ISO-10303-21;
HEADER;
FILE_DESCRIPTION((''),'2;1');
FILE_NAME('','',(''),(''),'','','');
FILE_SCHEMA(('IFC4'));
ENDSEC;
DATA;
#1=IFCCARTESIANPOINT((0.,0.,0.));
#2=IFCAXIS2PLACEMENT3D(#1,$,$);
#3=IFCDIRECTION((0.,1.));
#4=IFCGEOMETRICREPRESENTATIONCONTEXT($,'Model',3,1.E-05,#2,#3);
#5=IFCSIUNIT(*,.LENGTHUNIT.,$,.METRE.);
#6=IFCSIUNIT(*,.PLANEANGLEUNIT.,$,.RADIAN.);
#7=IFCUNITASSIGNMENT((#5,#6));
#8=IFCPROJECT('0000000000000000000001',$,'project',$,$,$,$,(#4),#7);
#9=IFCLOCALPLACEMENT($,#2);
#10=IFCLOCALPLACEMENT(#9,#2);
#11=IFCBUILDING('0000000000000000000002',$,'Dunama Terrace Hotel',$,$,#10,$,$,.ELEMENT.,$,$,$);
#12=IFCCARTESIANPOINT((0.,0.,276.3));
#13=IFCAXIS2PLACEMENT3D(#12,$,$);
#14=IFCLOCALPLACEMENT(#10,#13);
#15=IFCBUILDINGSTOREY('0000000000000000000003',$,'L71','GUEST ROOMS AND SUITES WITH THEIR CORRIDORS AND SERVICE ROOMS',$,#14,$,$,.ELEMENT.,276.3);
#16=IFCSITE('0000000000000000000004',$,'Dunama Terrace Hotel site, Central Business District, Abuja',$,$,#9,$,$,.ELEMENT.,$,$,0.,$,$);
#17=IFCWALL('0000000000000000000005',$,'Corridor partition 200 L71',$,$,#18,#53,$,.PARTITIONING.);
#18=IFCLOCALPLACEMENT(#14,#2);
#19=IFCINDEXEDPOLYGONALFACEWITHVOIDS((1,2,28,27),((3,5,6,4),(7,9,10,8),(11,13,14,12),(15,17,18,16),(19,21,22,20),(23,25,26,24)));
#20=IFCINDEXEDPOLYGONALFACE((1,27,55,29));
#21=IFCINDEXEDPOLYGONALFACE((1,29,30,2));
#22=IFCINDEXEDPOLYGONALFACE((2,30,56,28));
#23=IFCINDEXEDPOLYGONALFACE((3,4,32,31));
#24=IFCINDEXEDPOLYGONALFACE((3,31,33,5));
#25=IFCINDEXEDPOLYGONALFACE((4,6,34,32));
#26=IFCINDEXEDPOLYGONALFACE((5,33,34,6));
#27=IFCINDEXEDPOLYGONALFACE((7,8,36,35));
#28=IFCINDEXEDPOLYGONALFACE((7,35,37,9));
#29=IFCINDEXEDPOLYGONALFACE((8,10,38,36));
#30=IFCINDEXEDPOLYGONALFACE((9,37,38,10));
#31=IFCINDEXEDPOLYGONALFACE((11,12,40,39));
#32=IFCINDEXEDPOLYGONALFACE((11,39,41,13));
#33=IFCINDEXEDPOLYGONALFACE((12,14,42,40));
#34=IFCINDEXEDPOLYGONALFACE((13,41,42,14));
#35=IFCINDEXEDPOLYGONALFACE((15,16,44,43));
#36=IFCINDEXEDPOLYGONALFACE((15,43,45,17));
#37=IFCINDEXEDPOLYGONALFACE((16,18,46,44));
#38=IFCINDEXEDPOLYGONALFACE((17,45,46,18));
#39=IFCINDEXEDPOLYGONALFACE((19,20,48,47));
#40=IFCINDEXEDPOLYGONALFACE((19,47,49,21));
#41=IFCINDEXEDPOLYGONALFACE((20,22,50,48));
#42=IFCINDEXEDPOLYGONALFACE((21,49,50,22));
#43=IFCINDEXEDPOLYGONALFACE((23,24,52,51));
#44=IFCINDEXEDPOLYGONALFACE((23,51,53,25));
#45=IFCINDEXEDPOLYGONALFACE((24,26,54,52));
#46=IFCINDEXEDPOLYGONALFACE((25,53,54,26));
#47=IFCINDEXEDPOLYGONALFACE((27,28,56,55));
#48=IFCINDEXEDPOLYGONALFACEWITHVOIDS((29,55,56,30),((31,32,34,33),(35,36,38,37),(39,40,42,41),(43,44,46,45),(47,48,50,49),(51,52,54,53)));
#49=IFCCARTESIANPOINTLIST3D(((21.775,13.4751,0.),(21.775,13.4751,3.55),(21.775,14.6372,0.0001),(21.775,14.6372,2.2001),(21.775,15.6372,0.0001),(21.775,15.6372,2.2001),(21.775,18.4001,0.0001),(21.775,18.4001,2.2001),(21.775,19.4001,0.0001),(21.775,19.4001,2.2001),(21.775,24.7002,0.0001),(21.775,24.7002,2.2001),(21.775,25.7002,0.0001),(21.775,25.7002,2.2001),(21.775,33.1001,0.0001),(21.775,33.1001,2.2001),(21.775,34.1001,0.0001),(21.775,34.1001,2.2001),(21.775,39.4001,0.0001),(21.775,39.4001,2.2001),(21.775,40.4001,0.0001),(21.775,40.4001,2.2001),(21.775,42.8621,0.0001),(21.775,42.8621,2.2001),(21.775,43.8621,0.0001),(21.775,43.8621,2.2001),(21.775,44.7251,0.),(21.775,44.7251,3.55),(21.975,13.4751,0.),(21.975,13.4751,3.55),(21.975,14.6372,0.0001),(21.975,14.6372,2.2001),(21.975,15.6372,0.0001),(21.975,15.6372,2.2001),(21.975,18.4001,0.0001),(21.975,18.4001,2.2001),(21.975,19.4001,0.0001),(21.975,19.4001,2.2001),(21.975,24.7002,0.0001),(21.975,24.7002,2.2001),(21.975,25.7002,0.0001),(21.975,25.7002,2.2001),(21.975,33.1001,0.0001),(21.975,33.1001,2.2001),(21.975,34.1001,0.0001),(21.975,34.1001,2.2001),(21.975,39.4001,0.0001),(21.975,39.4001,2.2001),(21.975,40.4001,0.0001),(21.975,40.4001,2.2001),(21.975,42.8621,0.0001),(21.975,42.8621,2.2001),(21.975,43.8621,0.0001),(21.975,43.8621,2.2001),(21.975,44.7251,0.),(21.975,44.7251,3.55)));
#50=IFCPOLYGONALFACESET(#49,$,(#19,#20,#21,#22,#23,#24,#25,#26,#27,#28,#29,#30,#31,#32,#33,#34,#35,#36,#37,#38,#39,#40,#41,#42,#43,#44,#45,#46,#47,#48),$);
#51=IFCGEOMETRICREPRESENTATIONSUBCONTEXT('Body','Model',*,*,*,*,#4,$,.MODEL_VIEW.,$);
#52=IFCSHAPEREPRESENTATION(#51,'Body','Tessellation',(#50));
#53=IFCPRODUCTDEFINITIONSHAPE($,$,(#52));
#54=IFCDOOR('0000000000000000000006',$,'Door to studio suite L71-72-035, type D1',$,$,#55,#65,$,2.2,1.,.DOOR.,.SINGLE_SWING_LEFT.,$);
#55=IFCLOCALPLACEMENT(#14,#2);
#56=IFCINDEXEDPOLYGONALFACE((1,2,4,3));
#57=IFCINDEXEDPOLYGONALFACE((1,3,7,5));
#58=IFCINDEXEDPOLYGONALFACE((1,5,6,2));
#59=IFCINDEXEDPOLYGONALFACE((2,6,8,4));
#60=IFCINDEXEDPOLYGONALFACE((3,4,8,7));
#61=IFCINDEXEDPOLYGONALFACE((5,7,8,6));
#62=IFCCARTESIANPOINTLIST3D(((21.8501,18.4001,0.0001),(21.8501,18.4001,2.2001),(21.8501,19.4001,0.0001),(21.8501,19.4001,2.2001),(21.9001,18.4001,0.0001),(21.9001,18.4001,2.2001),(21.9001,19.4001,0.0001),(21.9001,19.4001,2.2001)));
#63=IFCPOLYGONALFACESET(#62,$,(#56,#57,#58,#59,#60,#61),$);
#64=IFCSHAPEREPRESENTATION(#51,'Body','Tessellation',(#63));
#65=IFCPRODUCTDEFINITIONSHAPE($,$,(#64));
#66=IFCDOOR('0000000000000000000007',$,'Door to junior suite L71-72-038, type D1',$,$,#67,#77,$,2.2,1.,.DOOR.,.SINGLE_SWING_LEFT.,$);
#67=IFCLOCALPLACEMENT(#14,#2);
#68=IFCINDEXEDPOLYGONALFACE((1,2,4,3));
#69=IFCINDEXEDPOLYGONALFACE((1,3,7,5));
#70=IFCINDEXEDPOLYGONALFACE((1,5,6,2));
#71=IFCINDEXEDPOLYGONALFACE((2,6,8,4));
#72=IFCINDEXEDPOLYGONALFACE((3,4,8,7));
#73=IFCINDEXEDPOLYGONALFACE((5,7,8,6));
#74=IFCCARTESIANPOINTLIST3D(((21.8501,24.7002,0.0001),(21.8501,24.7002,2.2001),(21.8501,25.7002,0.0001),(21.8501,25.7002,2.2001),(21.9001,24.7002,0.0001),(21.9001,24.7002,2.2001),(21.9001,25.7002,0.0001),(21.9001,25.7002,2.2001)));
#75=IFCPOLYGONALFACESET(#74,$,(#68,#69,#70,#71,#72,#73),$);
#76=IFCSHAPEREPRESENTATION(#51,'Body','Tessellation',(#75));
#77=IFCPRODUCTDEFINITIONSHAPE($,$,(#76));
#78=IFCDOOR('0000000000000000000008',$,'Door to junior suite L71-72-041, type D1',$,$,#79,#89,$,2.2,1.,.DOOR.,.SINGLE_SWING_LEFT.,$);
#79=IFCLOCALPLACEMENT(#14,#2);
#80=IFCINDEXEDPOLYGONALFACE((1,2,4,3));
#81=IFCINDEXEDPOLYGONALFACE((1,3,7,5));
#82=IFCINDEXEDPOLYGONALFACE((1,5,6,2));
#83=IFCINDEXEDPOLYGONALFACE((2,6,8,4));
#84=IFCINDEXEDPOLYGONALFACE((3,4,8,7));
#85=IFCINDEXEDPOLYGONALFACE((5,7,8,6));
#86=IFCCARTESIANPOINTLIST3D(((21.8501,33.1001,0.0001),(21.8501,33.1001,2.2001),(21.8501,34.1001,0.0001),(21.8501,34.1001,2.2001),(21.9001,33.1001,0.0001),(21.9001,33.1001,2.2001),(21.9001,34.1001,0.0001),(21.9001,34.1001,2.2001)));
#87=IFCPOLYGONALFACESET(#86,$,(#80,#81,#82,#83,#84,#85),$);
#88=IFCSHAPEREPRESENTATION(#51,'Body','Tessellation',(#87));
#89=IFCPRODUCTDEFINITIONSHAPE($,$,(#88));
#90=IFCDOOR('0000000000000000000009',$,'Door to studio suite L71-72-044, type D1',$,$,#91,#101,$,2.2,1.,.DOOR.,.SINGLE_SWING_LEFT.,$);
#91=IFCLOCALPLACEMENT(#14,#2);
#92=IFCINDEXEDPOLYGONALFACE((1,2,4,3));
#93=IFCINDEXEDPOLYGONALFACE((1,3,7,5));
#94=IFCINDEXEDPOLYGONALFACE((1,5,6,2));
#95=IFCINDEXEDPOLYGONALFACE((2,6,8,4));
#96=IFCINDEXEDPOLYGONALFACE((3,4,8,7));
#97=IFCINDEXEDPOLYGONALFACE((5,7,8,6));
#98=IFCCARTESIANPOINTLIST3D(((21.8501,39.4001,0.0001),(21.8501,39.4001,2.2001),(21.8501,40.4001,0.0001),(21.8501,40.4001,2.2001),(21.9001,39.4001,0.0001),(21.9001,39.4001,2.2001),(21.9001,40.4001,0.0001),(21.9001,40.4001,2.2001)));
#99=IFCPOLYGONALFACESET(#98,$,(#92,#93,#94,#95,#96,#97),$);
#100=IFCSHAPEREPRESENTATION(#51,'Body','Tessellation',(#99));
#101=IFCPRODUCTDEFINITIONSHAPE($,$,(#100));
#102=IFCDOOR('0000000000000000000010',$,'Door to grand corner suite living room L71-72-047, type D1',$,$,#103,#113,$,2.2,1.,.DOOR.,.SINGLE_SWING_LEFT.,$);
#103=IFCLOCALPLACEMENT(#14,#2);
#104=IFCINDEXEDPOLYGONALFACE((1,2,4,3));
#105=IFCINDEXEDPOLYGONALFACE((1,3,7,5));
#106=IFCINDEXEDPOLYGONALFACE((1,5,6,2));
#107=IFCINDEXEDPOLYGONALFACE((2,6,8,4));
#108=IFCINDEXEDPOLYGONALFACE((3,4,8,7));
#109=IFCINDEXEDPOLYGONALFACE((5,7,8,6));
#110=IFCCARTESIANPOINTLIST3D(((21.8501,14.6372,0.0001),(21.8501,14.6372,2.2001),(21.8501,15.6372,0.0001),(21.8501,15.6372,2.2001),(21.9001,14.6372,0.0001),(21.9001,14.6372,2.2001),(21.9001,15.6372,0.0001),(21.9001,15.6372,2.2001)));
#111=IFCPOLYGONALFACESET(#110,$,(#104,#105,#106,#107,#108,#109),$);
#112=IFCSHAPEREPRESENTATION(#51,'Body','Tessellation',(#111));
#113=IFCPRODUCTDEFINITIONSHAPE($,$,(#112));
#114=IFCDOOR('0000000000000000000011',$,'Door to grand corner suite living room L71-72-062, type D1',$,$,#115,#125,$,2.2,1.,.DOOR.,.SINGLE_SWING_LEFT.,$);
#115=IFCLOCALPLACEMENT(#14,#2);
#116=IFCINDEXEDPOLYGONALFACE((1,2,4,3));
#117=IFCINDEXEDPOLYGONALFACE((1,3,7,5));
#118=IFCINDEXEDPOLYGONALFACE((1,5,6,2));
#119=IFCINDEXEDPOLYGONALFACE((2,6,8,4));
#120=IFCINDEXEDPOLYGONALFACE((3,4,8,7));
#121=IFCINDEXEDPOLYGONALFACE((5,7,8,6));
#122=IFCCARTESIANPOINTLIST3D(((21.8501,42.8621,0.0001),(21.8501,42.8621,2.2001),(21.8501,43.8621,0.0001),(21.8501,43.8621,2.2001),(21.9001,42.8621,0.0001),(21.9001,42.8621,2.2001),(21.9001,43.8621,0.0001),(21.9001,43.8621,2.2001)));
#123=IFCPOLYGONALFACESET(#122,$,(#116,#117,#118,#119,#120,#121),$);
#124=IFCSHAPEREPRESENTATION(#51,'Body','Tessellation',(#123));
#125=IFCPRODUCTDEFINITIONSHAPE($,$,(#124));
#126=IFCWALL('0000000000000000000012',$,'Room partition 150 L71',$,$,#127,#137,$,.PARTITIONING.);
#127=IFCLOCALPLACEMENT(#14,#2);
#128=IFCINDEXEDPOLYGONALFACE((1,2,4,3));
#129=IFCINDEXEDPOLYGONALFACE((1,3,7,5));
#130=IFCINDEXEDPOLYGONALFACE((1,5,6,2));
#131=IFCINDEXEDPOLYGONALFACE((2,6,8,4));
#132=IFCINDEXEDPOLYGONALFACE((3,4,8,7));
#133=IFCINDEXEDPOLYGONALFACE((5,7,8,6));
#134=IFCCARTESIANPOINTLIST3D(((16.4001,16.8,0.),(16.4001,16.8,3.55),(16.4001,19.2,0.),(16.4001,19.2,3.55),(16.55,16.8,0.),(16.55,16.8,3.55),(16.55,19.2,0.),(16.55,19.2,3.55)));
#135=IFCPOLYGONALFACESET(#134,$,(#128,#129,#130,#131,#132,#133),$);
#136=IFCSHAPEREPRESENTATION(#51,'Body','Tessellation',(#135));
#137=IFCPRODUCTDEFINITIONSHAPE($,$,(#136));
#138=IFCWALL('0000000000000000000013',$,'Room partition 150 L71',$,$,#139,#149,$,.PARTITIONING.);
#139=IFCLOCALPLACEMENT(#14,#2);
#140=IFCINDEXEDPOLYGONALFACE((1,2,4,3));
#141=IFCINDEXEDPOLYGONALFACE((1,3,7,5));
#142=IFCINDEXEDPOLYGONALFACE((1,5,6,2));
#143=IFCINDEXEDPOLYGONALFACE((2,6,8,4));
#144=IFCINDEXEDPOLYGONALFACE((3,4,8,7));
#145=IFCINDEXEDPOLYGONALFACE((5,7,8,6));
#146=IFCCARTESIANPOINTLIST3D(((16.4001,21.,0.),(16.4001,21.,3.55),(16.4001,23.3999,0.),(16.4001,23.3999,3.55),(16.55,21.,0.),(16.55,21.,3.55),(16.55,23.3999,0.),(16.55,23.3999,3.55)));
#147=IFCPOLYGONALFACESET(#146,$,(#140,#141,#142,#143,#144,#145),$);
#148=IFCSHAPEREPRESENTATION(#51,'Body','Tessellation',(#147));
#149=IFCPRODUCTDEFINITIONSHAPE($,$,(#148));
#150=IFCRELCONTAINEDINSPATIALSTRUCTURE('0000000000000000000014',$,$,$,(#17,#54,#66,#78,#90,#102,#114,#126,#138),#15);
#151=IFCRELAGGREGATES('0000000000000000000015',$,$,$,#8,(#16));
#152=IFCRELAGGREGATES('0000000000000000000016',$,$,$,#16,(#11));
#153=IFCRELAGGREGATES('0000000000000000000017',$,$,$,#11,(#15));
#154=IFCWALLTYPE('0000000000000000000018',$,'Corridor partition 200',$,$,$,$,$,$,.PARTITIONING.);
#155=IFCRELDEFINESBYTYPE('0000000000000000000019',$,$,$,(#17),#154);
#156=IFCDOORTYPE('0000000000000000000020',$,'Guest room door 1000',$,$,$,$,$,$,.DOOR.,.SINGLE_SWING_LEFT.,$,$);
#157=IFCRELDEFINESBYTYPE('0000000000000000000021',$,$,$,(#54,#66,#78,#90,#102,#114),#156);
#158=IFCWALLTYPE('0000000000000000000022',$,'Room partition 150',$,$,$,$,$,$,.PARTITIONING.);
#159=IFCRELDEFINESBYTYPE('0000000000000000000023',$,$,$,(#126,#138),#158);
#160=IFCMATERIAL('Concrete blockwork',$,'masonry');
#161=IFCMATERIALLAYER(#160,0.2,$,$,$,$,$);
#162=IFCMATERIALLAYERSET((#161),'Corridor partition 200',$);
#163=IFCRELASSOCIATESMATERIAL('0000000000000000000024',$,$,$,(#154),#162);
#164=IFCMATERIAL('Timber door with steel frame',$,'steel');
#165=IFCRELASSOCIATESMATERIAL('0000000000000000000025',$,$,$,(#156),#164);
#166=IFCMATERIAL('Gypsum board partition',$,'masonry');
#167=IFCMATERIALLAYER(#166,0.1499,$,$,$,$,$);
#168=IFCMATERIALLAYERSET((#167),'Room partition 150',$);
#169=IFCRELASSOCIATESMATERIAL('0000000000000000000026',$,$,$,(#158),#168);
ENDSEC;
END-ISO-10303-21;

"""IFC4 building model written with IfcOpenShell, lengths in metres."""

from ifc_helpers import new_model, si_unit, direction, frame, frame_2d, origin, place, context, subcontext, project, spatial, rectangle, extrude, material, layer, layer_set, type_object, element, fill, save


model = new_model("IFC4")

# Units and contexts
model_context = context("Model", 3, precision=1e-05, world=origin(), true_north=direction((0.0, 1.0)))
body_context = subcontext(model_context, "Body", "Model", "MODEL_VIEW")
ifc_project = project(units=[si_unit("LENGTHUNIT", "METRE"), si_unit("PLANEANGLEUNIT", "RADIAN")], contexts=[model_context])

# Site, building, storey
site_placement = place(None, origin())
site = spatial("IfcSite", under=ifc_project, at=site_placement, Name="Dunama Terrace Hotel site, Central Business District, Abuja", CompositionType="ELEMENT", RefElevation=0.0)
building_placement = place(site_placement, origin())
building = spatial("IfcBuilding", under=site, at=building_placement, Name="Dunama Terrace Hotel", CompositionType="ELEMENT")
storey_placement = place(building_placement, frame((0.0, 0.0, 276.3)))
storey = spatial("IfcBuildingStorey", under=building, at=storey_placement, Name="L71", Description="GUEST ROOMS AND SUITES WITH THEIR CORRIDORS AND SERVICE ROOMS", CompositionType="ELEMENT", Elevation=276.3)

# Wall, openings, doors
ifc_material_1 = material(Name="Concrete blockwork", Category="masonry")
ifc_layer_1 = layer(ifc_material_1, 0.2)
ifc_layer_set_1 = layer_set([ifc_layer_1], Name="Corridor partition 200")
wall_type_1 = type_object("IfcWallType", Name="Corridor partition 200", PredefinedType="PARTITIONING", material=ifc_layer_set_1)
wall_1_placement = place(storey_placement, frame((21.875, 13.4751, 0.0), z_axis=(0.0, 0.0, 1.0), x_axis=(0.0, 1.0, 0.0)))
wall_1 = element("IfcWall", 1, at=wall_1_placement, inside=storey, type_object=wall_type_1, Name="Corridor partition 200 L71", PredefinedType="PARTITIONING", context=body_context, shape_type="SweptSolid", body=[
    extrude(rectangle(XDim=31.25, YDim=0.2, at=frame_2d((15.625, 0.0))), origin(), (0.0, 0.0, 1.0), 3.55),
])
opening_1_placement = place(wall_1_placement, frame((4.925, 0.0, 0.0)))
opening_1 = element("IfcOpeningElement", 2, at=opening_1_placement, cuts=wall_1, PredefinedType="OPENING", context=body_context, shape_type="SweptSolid", body=[
    extrude(rectangle(XDim=1.0, YDim=2.2, at=frame_2d((0.5, 1.1001))), frame((0.0, 0.1099, 0.0), z_axis=(0.0, -1.0, 0.0), x_axis=(1.0, 0.0, 0.0)), (0.0, 0.0, 1.0), 0.22),
])
opening_2_placement = place(wall_1_placement, frame((11.2251, 0.0, 0.0)))
opening_2 = element("IfcOpeningElement", 3, at=opening_2_placement, cuts=wall_1, PredefinedType="OPENING", context=body_context, shape_type="SweptSolid", body=[
    extrude(rectangle(XDim=1.0, YDim=2.2, at=frame_2d((0.5, 1.1001))), frame((0.0, 0.1099, 0.0), z_axis=(0.0, -1.0, 0.0), x_axis=(1.0, 0.0, 0.0)), (0.0, 0.0, 1.0), 0.22),
])
opening_3_placement = place(wall_1_placement, frame((19.625, 0.0, 0.0)))
opening_3 = element("IfcOpeningElement", 4, at=opening_3_placement, cuts=wall_1, PredefinedType="OPENING", context=body_context, shape_type="SweptSolid", body=[
    extrude(rectangle(XDim=1.0, YDim=2.2, at=frame_2d((0.5, 1.1001))), frame((0.0, 0.1099, 0.0), z_axis=(0.0, -1.0, 0.0), x_axis=(1.0, 0.0, 0.0)), (0.0, 0.0, 1.0), 0.22),
])
opening_4_placement = place(wall_1_placement, frame((25.925, 0.0, 0.0)))
opening_4 = element("IfcOpeningElement", 5, at=opening_4_placement, cuts=wall_1, PredefinedType="OPENING", context=body_context, shape_type="SweptSolid", body=[
    extrude(rectangle(XDim=1.0, YDim=2.2, at=frame_2d((0.5, 1.1001))), frame((0.0, 0.1099, 0.0), z_axis=(0.0, -1.0, 0.0), x_axis=(1.0, 0.0, 0.0)), (0.0, 0.0, 1.0), 0.22),
])
opening_5_placement = place(wall_1_placement, frame((1.1621, 0.0, 0.0)))
opening_5 = element("IfcOpeningElement", 6, at=opening_5_placement, cuts=wall_1, PredefinedType="OPENING", context=body_context, shape_type="SweptSolid", body=[
    extrude(rectangle(XDim=1.0, YDim=2.2, at=frame_2d((0.5, 1.1001))), frame((0.0, 0.1099, 0.0), z_axis=(0.0, -1.0, 0.0), x_axis=(1.0, 0.0, 0.0)), (0.0, 0.0, 1.0), 0.22),
])
opening_6_placement = place(wall_1_placement, frame((29.387, 0.0, 0.0)))
opening_6 = element("IfcOpeningElement", 7, at=opening_6_placement, cuts=wall_1, PredefinedType="OPENING", context=body_context, shape_type="SweptSolid", body=[
    extrude(rectangle(XDim=1.0, YDim=2.2, at=frame_2d((0.5, 1.1001))), frame((0.0, 0.1099, 0.0), z_axis=(0.0, -1.0, 0.0), x_axis=(1.0, 0.0, 0.0)), (0.0, 0.0, 1.0), 0.22),
])
ifc_material_2 = material(Name="Timber door with steel frame", Category="steel")
door_type_1 = type_object("IfcDoorType", Name="Guest room door 1000", OperationType="SINGLE_SWING_LEFT", PredefinedType="DOOR", material=ifc_material_2)
door_1_placement = place(opening_1_placement, origin())
door_1 = element("IfcDoor", 8, at=door_1_placement, inside=storey, type_object=door_type_1, Name="Door to studio suite L71-72-035, type D1", OperationType="SINGLE_SWING_LEFT", OverallHeight=2.2, OverallWidth=1.0, PredefinedType="DOOR", context=body_context, shape_type="SweptSolid", body=[
    extrude(rectangle(XDim=1.0, YDim=2.2, at=frame_2d((0.5, 1.1001))), frame((0.0, 0.0249, 0.0), z_axis=(0.0, -1.0, 0.0), x_axis=(1.0, 0.0, 0.0)), (0.0, 0.0, 1.0), 0.05),
])
fill(opening_1, door_1)
door_2_placement = place(opening_2_placement, origin())
door_2 = element("IfcDoor", 9, at=door_2_placement, inside=storey, type_object=door_type_1, Name="Door to junior suite L71-72-038, type D1", OperationType="SINGLE_SWING_LEFT", OverallHeight=2.2, OverallWidth=1.0, PredefinedType="DOOR", context=body_context, shape_type="SweptSolid", body=[
    extrude(rectangle(XDim=1.0, YDim=2.2, at=frame_2d((0.5, 1.1001))), frame((0.0, 0.0249, 0.0), z_axis=(0.0, -1.0, 0.0), x_axis=(1.0, 0.0, 0.0)), (0.0, 0.0, 1.0), 0.05),
])
fill(opening_2, door_2)
door_3_placement = place(opening_3_placement, origin())
door_3 = element("IfcDoor", 10, at=door_3_placement, inside=storey, type_object=door_type_1, Name="Door to junior suite L71-72-041, type D1", OperationType="SINGLE_SWING_LEFT", OverallHeight=2.2, OverallWidth=1.0, PredefinedType="DOOR", context=body_context, shape_type="SweptSolid", body=[
    extrude(rectangle(XDim=1.0, YDim=2.2, at=frame_2d((0.5, 1.1001))), frame((0.0, 0.0249, 0.0), z_axis=(0.0, -1.0, 0.0), x_axis=(1.0, 0.0, 0.0)), (0.0, 0.0, 1.0), 0.05),
])
fill(opening_3, door_3)
door_4_placement = place(opening_4_placement, origin())
door_4 = element("IfcDoor", 11, at=door_4_placement, inside=storey, type_object=door_type_1, Name="Door to studio suite L71-72-044, type D1", OperationType="SINGLE_SWING_LEFT", OverallHeight=2.2, OverallWidth=1.0, PredefinedType="DOOR", context=body_context, shape_type="SweptSolid", body=[
    extrude(rectangle(XDim=1.0, YDim=2.2, at=frame_2d((0.5, 1.1001))), frame((0.0, 0.0249, 0.0), z_axis=(0.0, -1.0, 0.0), x_axis=(1.0, 0.0, 0.0)), (0.0, 0.0, 1.0), 0.05),
])
fill(opening_4, door_4)
door_5_placement = place(opening_5_placement, origin())
door_5 = element("IfcDoor", 12, at=door_5_placement, inside=storey, type_object=door_type_1, Name="Door to grand corner suite living room L71-72-047, type D1", OperationType="SINGLE_SWING_LEFT", OverallHeight=2.2, OverallWidth=1.0, PredefinedType="DOOR", context=body_context, shape_type="SweptSolid", body=[
    extrude(rectangle(XDim=1.0, YDim=2.2, at=frame_2d((0.5, 1.1001))), frame((0.0, 0.0249, 0.0), z_axis=(0.0, -1.0, 0.0), x_axis=(1.0, 0.0, 0.0)), (0.0, 0.0, 1.0), 0.05),
])
fill(opening_5, door_5)
door_6_placement = place(opening_6_placement, origin())
door_6 = element("IfcDoor", 13, at=door_6_placement, inside=storey, type_object=door_type_1, Name="Door to grand corner suite living room L71-72-062, type D1", OperationType="SINGLE_SWING_LEFT", OverallHeight=2.2, OverallWidth=1.0, PredefinedType="DOOR", context=body_context, shape_type="SweptSolid", body=[
    extrude(rectangle(XDim=1.0, YDim=2.2, at=frame_2d((0.5, 1.1001))), frame((0.0, 0.0249, 0.0), z_axis=(0.0, -1.0, 0.0), x_axis=(1.0, 0.0, 0.0)), (0.0, 0.0, 1.0), 0.05),
])
fill(opening_6, door_6)

# Walls
ifc_material_3 = material(Name="Gypsum board partition", Category="masonry")
ifc_layer_2 = layer(ifc_material_3, 0.1499)
ifc_layer_set_2 = layer_set([ifc_layer_2], Name="Room partition 150")
wall_type_2 = type_object("IfcWallType", Name="Room partition 150", PredefinedType="PARTITIONING", material=ifc_layer_set_2)
for number, where, z_axis, x_axis, name in (
    (14, (16.4751, 16.8, 0.0), (0.0, 0.0, 1.0), (0.0, 1.0, 0.0), "Room partition 150 L71"),
    (15, (16.4751, 21.0, 0.0), (0.0, 0.0, 1.0), (0.0, 1.0, 0.0), "Room partition 150 L71"),
):
    element("IfcWall", number, at=place(storey_placement, frame(where, z_axis=z_axis, x_axis=x_axis)), inside=storey, type_object=wall_type_2, Name=name, PredefinedType="PARTITIONING", context=body_context, shape_type="SweptSolid", body=[
        extrude(rectangle(XDim=2.3999, YDim=0.1499, at=frame_2d((1.2, 0.0))), origin(), (0.0, 0.0, 1.0), 3.55),
    ])

save(model, "model.ifc")
